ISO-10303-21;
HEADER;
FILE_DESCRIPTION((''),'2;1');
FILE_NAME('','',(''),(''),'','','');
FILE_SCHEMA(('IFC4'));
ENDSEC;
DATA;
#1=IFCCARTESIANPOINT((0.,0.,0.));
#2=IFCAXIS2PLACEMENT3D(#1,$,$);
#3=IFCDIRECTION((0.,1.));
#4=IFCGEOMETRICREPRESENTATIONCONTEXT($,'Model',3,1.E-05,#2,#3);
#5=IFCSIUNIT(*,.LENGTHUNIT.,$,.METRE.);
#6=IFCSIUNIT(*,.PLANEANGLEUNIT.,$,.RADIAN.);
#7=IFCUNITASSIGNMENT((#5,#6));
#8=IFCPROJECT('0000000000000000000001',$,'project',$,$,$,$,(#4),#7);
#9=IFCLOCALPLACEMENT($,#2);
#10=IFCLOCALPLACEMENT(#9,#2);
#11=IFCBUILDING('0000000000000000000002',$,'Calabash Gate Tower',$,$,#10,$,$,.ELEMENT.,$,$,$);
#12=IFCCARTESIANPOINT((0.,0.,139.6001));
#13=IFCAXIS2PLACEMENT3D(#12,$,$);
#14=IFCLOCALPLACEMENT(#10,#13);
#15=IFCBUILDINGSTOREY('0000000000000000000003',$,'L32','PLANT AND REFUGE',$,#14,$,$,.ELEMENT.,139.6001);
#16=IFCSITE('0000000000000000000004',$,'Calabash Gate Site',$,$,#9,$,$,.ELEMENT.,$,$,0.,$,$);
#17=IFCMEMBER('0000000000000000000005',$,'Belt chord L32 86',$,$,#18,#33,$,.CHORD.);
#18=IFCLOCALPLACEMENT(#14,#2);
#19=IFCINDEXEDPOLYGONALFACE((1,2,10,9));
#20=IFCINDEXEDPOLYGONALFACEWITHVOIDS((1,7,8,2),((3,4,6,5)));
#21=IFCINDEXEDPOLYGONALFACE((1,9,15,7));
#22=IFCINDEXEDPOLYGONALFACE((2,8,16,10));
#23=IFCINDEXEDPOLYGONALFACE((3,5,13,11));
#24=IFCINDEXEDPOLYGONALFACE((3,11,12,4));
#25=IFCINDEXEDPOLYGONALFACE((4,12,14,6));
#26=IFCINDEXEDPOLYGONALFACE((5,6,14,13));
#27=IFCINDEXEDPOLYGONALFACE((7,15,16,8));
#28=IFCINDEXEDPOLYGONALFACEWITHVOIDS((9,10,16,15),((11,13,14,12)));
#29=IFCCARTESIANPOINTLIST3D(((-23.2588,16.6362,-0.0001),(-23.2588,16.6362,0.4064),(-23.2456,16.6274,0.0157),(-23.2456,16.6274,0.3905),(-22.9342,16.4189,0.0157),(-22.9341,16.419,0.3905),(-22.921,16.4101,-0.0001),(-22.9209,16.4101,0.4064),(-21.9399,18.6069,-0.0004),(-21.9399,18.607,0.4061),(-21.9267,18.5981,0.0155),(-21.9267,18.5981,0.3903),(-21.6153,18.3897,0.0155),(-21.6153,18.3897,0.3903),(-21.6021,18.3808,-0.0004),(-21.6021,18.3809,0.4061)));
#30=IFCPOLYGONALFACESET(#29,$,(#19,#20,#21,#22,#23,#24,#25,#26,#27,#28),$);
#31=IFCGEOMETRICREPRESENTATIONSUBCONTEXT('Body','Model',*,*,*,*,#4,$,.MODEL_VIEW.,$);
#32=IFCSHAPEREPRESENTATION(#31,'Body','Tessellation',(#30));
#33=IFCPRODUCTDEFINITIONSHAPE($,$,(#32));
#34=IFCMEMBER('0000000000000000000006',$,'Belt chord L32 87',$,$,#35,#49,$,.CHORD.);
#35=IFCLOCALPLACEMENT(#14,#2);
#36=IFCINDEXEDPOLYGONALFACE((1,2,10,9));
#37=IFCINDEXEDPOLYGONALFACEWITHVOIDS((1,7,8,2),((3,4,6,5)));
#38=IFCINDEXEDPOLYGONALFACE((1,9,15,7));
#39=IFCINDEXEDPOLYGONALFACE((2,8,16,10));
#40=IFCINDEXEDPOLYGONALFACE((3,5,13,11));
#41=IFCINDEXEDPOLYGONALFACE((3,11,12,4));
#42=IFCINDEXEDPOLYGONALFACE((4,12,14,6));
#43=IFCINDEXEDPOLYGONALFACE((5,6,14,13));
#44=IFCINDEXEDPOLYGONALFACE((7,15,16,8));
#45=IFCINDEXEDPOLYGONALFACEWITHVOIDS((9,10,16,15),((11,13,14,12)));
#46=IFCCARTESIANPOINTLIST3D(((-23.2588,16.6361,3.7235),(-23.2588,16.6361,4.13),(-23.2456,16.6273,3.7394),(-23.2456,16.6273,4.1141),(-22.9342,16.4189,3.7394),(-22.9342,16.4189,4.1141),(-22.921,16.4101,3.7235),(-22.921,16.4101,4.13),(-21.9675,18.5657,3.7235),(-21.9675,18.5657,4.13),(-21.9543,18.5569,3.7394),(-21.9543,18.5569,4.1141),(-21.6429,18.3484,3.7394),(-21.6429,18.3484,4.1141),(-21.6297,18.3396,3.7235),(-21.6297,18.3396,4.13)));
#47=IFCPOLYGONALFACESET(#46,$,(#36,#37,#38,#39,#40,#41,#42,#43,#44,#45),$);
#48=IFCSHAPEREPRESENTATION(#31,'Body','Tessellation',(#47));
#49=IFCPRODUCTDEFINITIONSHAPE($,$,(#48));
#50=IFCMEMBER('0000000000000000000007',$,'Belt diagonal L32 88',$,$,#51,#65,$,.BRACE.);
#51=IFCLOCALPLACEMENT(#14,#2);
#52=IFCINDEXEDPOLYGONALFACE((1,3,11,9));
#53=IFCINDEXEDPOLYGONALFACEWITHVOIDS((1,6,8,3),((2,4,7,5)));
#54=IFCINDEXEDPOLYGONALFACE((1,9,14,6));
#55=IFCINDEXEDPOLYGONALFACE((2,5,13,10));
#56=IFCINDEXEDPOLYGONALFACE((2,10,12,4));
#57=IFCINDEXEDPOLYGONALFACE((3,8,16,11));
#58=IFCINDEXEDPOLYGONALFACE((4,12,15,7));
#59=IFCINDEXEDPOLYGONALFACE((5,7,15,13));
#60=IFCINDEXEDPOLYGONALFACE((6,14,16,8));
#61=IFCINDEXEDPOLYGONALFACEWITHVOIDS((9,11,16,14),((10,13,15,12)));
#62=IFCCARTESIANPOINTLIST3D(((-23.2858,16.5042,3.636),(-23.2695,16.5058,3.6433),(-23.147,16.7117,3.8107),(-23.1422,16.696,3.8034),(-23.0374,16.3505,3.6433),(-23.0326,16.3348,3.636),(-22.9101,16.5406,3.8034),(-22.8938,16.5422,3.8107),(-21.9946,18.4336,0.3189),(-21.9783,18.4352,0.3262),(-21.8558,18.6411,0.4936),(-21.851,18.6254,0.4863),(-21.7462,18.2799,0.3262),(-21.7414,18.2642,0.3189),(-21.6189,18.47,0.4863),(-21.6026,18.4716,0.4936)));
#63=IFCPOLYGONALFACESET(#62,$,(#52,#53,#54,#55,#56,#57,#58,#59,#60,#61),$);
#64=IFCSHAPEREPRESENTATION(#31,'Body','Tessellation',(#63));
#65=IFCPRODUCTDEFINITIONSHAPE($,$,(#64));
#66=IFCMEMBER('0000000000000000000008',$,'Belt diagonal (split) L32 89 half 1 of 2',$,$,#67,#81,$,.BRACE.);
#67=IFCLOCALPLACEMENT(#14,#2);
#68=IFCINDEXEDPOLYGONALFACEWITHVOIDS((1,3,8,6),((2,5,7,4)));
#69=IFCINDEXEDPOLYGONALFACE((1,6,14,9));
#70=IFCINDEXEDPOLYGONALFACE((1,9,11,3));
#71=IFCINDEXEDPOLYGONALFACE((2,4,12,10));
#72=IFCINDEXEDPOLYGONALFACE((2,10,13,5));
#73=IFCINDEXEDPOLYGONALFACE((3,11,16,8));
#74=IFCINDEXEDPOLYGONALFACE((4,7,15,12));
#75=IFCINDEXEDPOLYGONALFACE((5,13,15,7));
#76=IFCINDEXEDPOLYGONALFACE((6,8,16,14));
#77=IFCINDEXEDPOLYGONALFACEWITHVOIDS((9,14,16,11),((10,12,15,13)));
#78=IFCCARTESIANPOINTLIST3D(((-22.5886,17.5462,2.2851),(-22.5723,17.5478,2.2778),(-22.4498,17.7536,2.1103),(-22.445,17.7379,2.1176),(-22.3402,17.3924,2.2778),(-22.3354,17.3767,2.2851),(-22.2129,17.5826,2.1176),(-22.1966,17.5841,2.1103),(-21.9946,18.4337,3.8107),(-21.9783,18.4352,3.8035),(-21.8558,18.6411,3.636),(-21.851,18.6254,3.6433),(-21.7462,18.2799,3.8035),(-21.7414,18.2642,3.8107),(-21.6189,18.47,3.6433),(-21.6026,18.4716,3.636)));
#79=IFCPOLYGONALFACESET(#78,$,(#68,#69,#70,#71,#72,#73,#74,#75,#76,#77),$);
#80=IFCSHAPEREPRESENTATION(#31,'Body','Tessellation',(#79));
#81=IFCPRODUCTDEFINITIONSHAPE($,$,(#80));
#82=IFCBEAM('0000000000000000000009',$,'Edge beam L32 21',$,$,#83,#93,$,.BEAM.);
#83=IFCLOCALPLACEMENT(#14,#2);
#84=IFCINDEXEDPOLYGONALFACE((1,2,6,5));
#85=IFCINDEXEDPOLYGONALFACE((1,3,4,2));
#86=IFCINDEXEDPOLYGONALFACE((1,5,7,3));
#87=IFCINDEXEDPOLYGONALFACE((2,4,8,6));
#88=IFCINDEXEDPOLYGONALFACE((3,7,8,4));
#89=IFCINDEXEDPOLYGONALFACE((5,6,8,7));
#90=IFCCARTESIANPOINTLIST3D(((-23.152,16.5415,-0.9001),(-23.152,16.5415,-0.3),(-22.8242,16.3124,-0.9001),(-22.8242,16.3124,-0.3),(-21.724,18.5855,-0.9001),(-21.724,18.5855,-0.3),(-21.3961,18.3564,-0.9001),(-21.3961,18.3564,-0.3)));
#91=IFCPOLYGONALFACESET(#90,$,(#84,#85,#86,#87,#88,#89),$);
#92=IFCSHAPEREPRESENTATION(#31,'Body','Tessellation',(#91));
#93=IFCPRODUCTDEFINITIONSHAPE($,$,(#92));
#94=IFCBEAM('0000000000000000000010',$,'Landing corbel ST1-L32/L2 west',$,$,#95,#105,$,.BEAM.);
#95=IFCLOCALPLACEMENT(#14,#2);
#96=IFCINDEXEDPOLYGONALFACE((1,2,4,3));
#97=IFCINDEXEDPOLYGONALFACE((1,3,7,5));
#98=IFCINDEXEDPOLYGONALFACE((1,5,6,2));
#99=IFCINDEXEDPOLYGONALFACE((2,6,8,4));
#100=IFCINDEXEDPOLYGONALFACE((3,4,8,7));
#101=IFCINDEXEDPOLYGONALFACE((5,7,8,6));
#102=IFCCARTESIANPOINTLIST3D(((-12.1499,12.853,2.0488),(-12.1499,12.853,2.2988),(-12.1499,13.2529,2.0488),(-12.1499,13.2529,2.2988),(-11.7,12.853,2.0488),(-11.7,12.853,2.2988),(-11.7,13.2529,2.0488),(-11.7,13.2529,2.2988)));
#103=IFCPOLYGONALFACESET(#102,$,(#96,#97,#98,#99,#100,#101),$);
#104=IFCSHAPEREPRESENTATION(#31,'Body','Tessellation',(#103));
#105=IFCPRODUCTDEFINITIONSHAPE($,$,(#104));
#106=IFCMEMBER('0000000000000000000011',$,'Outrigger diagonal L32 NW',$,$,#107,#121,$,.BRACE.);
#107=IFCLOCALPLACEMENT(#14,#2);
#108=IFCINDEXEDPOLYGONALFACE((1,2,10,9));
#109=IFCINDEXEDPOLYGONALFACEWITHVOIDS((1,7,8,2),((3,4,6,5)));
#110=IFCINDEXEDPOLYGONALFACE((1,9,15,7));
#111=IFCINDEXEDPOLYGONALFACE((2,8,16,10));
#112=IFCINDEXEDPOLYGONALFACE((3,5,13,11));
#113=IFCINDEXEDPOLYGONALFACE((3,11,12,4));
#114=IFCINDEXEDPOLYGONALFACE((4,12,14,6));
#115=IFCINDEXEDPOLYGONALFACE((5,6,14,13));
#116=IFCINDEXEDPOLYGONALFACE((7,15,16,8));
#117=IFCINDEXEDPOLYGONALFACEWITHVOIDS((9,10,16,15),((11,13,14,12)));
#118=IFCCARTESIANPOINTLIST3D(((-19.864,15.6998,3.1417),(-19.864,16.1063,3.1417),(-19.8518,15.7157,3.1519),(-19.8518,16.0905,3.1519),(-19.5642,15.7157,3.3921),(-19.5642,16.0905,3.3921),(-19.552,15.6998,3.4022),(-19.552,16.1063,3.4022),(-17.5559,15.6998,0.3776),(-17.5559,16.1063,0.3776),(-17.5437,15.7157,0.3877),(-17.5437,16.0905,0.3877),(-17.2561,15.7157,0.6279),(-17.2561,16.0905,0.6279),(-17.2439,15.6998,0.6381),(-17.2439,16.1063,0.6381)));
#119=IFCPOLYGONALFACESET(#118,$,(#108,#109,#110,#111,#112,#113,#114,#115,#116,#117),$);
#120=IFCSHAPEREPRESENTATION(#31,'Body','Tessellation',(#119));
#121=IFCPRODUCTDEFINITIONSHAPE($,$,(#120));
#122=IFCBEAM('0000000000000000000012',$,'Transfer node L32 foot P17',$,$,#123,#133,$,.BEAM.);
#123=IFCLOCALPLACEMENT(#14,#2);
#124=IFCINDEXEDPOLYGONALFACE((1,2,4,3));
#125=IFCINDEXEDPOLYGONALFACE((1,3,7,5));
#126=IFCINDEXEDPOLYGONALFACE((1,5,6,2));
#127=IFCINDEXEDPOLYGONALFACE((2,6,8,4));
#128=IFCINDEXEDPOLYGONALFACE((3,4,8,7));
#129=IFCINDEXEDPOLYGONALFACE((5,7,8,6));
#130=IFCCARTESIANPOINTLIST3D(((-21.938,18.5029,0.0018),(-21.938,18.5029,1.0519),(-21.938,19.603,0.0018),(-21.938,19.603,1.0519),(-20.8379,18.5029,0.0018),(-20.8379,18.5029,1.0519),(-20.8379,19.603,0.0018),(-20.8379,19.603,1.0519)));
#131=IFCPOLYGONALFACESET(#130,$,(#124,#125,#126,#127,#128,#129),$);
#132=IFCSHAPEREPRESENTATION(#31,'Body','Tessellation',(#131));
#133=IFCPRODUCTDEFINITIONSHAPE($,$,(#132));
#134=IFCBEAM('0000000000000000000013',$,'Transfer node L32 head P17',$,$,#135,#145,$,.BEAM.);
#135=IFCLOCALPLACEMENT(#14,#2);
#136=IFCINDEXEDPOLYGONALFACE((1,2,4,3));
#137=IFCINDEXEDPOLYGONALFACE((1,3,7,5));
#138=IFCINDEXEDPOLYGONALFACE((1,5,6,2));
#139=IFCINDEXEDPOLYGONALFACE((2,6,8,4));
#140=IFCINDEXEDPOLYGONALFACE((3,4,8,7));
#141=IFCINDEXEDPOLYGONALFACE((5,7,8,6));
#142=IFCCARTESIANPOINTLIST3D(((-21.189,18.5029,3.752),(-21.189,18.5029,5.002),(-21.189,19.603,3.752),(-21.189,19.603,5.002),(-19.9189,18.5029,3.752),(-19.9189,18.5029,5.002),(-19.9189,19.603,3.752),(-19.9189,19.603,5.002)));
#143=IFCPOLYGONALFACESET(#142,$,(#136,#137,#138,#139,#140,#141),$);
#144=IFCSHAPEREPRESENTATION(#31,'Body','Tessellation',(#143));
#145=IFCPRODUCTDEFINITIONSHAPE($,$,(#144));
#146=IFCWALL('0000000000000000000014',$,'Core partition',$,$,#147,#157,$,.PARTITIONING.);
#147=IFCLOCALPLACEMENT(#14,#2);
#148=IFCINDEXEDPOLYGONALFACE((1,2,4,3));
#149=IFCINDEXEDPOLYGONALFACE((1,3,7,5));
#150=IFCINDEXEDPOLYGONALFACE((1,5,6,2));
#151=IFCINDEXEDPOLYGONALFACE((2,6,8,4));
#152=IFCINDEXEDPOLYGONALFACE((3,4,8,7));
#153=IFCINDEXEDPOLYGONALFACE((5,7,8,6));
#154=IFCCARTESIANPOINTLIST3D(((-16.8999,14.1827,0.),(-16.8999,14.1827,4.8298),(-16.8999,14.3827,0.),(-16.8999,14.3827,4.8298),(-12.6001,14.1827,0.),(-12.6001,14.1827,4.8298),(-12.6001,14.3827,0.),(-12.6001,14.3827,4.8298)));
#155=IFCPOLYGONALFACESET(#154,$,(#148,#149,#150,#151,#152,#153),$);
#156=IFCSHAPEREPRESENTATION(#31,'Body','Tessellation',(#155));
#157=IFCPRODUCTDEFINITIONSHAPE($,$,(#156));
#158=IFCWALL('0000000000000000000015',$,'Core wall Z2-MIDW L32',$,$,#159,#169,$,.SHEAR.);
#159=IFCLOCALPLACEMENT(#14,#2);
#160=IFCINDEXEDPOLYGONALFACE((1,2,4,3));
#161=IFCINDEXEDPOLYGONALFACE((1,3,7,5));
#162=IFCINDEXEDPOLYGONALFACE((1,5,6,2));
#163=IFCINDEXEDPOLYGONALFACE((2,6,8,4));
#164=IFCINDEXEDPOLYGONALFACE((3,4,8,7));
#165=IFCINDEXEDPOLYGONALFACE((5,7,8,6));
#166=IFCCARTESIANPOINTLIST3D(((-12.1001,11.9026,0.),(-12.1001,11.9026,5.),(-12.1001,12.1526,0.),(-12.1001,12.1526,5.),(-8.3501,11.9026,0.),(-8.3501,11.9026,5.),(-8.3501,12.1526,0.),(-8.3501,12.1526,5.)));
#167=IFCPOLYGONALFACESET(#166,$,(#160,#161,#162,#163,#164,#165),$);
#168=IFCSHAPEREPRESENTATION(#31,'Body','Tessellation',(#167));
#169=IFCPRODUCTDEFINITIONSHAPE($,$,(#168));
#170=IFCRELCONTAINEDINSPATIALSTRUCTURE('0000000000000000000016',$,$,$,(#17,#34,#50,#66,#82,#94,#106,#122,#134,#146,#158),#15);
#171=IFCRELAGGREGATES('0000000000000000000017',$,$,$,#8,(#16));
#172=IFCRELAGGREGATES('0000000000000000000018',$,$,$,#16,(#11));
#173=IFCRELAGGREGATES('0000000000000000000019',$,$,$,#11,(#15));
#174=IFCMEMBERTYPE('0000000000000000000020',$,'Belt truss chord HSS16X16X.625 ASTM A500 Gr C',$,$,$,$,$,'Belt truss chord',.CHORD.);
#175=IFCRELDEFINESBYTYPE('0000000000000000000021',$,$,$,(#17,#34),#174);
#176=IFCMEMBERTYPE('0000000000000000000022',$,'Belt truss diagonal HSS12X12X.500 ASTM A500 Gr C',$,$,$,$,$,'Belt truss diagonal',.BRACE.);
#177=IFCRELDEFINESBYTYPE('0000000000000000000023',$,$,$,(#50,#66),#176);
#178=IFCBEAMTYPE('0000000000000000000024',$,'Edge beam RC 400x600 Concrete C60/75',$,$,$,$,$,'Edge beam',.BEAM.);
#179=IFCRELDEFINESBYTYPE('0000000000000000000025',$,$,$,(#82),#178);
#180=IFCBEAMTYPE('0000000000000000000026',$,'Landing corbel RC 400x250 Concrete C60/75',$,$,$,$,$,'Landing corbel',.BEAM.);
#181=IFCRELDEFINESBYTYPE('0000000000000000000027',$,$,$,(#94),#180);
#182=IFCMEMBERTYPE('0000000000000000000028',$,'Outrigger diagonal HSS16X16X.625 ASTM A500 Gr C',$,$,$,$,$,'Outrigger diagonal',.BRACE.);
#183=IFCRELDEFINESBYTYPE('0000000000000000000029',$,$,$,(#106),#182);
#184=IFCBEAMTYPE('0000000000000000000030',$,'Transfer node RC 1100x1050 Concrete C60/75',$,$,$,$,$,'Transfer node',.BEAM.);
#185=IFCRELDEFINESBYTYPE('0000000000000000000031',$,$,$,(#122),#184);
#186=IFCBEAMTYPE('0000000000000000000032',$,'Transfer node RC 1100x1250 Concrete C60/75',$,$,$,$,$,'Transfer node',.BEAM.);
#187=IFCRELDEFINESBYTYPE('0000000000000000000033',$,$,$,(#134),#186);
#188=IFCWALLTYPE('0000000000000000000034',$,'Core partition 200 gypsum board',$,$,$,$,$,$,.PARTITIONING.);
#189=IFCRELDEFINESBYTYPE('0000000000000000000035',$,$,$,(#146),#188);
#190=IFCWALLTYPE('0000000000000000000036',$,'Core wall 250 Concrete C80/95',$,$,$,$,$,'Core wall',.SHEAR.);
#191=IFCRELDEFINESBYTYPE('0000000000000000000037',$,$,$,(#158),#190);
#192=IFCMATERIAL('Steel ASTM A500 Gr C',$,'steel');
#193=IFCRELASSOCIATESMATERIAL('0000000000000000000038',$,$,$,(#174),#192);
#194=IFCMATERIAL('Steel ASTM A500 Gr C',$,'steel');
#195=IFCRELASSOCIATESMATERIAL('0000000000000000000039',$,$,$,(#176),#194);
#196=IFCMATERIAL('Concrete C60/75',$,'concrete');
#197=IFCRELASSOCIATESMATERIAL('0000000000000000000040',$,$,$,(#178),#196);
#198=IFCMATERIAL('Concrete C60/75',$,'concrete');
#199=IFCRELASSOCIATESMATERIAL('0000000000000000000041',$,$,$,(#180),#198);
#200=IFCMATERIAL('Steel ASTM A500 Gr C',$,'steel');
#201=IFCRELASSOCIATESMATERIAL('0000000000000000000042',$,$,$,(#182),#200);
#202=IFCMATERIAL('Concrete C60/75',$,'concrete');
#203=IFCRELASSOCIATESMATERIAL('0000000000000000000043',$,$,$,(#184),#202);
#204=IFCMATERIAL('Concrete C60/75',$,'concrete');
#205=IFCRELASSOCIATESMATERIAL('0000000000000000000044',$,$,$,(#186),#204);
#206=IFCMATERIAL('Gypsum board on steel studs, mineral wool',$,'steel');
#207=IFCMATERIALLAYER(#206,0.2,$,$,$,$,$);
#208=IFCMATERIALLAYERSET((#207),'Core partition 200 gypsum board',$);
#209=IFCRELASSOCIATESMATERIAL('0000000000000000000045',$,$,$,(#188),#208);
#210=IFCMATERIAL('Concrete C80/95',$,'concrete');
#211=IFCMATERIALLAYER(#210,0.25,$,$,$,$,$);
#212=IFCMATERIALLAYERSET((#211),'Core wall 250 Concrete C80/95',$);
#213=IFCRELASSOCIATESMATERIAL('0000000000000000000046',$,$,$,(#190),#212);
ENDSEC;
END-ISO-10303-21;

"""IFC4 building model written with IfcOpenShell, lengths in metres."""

from ifc_helpers import new_model, si_unit, direction, frame, frame_2d, origin, origin_2d, place, context, subcontext, project, spatial, rectangle, hollow_rectangle, extrude, material, layer, layer_set, material_profile, profile_set, type_object, element, save


model = new_model("IFC4")

# Units and contexts
model_context = context("Model", 3, precision=1e-05, world=origin(), true_north=direction((0.0, 1.0)))
body_context = subcontext(model_context, "Body", "Model", "MODEL_VIEW")
ifc_project = project(units=[si_unit("LENGTHUNIT", "METRE"), si_unit("PLANEANGLEUNIT", "RADIAN")], contexts=[model_context])

# Site, building, storey
site_placement = place(None, origin())
site = spatial("IfcSite", under=ifc_project, at=site_placement, Name="Calabash Gate Site", CompositionType="ELEMENT", RefElevation=0.0)
building_placement = place(site_placement, origin())
building = spatial("IfcBuilding", under=site, at=building_placement, Name="Calabash Gate Tower", CompositionType="ELEMENT")
storey_placement = place(building_placement, frame((0.0, 0.0, 139.6001)))
storey = spatial("IfcBuildingStorey", under=building, at=storey_placement, Name="L32", Description="PLANT AND REFUGE", CompositionType="ELEMENT", Elevation=139.6001)

# Members
ifc_material_1 = material(Name="Steel ASTM A500 Gr C", Category="steel")
ifc_material_profile_1 = material_profile(ifc_material_1, hollow_rectangle(XDim=0.4065, YDim=0.4065, WallThickness=0.0159, at=origin_2d()))
ifc_profile_set_1 = profile_set([ifc_material_profile_1], Name="Steel ASTM A500 Gr C")
member_type_1 = type_object("IfcMemberType", Name="Belt truss chord HSS16X16X.625 ASTM A500 Gr C", ElementType="Belt truss chord", PredefinedType="CHORD", material=ifc_profile_set_1)
member_1_placement = place(storey_placement, frame((-21.771, 18.4939, 0.2029), z_axis=(-0.556172, -0.831067, 0.000103), x_axis=(0.831067, -0.556172, 0.0)))
element("IfcMember", 1, at=member_1_placement, inside=storey, type_object=member_type_1, Name="Belt chord L32 86", PredefinedType="CHORD", context=body_context, shape_type="SweptSolid", body=[
    extrude(hollow_rectangle(XDim=0.4065, YDim=0.4065, WallThickness=0.0159, at=origin_2d()), origin(), (0.0, 0.0, 1.0), 2.3713),
])
member_2_placement = place(storey_placement, frame((-21.7986, 18.4526, 3.9268), z_axis=(-0.55618, -0.831062, 0.0), x_axis=(0.831062, -0.55618, 0.0)))
element("IfcMember", 2, at=member_2_placement, inside=storey, type_object=member_type_1, Name="Belt chord L32 87", PredefinedType="CHORD", context=body_context, shape_type="SweptSolid", body=[
    extrude(hollow_rectangle(XDim=0.4065, YDim=0.4065, WallThickness=0.0159, at=origin_2d()), origin(), (0.0, 0.0, 1.0), 2.3218),
])
ifc_material_2 = material(Name="Steel ASTM A500 Gr C", Category="steel")
ifc_material_profile_2 = material_profile(ifc_material_2, hollow_rectangle(XDim=0.3047, YDim=0.3047, WallThickness=0.0127, at=origin_2d()))
ifc_profile_set_2 = profile_set([ifc_material_profile_2], Name="Steel ASTM A500 Gr C")
member_type_2 = type_object("IfcMemberType", Name="Belt truss diagonal HSS12X12X.500 ASTM A500 Gr C", ElementType="Belt truss diagonal", PredefinedType="BRACE", material=ifc_profile_set_2)
member_3_placement = place(storey_placement, frame((-21.7986, 18.4526, 0.4062), z_axis=(-0.318917, -0.476536, 0.819271), x_axis=(0.831062, -0.55618, 0.0)))
element("IfcMember", 3, at=member_3_placement, inside=storey, type_object=member_type_2, Name="Belt diagonal L32 88", PredefinedType="BRACE", context=body_context, shape_type="SweptSolid", body=[
    extrude(hollow_rectangle(XDim=0.3047, YDim=0.3047, WallThickness=0.0127, at=origin_2d()), origin(), (0.0, 0.0, 1.0), 4.0488),
])
member_4_placement = place(storey_placement, frame((-21.7986, 18.4526, 3.7234), z_axis=(-0.318967, -0.476549, -0.819244), x_axis=(0.831029, -0.556229, 0.0)))
element("IfcMember", 4, at=member_4_placement, inside=storey, type_object=member_type_2, Name="Belt diagonal (split) L32 89 half 1 of 2", PredefinedType="BRACE", context=body_context, shape_type="SweptSolid", body=[
    extrude(hollow_rectangle(XDim=0.3047, YDim=0.3047, WallThickness=0.0127, at=origin_2d()), origin(), (0.0, 0.0, 1.0), 1.8623),
])

# Beams
ifc_material_3 = material(Name="Concrete C60/75", Category="concrete")
ifc_material_profile_3 = material_profile(ifc_material_3, rectangle(XDim=0.3999, YDim=0.6001, at=origin_2d()))
ifc_profile_set_3 = profile_set([ifc_material_profile_3], Name="Concrete C60/75")
beam_type_1 = type_object("IfcBeamType", Name="Edge beam RC 400x600 Concrete C60/75", ElementType="Edge beam", PredefinedType="BEAM", material=ifc_profile_set_3)
beam_1_placement = place(storey_placement, frame((-21.5601, 18.4709, -0.6001), z_axis=(-0.572713, -0.819756, 0.0), x_axis=(0.819756, -0.572713, 0.0)))
element("IfcBeam", 5, at=beam_1_placement, inside=storey, type_object=beam_type_1, Name="Edge beam L32 21", PredefinedType="BEAM", context=body_context, shape_type="SweptSolid", body=[
    extrude(rectangle(XDim=0.3999, YDim=0.6001, at=origin_2d()), origin(), (0.0, 0.0, 1.0), 2.4934),
])
ifc_material_4 = material(Name="Concrete C60/75", Category="concrete")
ifc_material_profile_4 = material_profile(ifc_material_4, rectangle(XDim=0.3999, YDim=0.25, at=origin_2d()))
ifc_profile_set_4 = profile_set([ifc_material_profile_4], Name="Concrete C60/75")
beam_type_2 = type_object("IfcBeamType", Name="Landing corbel RC 400x250 Concrete C60/75", ElementType="Landing corbel", PredefinedType="BEAM", material=ifc_profile_set_4)
beam_2_placement = place(storey_placement, frame((-12.1499, 13.053, 2.1738), z_axis=(1.0, 0.0, 0.0), x_axis=(0.0, 1.0, 0.0)))
element("IfcBeam", 6, at=beam_2_placement, inside=storey, type_object=beam_type_2, Name="Landing corbel ST1-L32/L2 west", PredefinedType="BEAM", context=body_context, shape_type="SweptSolid", body=[
    extrude(rectangle(XDim=0.3999, YDim=0.25, at=origin_2d()), origin(), (0.0, 0.0, 1.0), 0.45),
])

# Member
ifc_material_5 = material(Name="Steel ASTM A500 Gr C", Category="steel")
ifc_material_profile_5 = material_profile(ifc_material_5, hollow_rectangle(XDim=0.4065, YDim=0.4065, WallThickness=0.0159, at=origin_2d()))
ifc_profile_set_5 = profile_set([ifc_material_profile_5], Name="Steel ASTM A500 Gr C")
member_type_3 = type_object("IfcMemberType", Name="Outrigger diagonal HSS16X16X.625 ASTM A500 Gr C", ElementType="Outrigger diagonal", PredefinedType="BRACE", material=ifc_profile_set_5)
member_5_placement = place(storey_placement, frame((-19.708, 15.9031, 3.272), z_axis=(0.640944, 0.0, -0.767587), x_axis=(0.0, 1.0, 0.0)))
element("IfcMember", 7, at=member_5_placement, inside=storey, type_object=member_type_3, Name="Outrigger diagonal L32 NW", PredefinedType="BRACE", context=body_context, shape_type="SweptSolid", body=[
    extrude(hollow_rectangle(XDim=0.4065, YDim=0.4065, WallThickness=0.0159, at=origin_2d()), origin(), (0.0, 0.0, 1.0), 3.6011),
])

# Beams
ifc_material_6 = material(Name="Concrete C60/75", Category="concrete")
ifc_material_profile_6 = material_profile(ifc_material_6, rectangle(XDim=1.1001, YDim=1.05, at=origin_2d()))
ifc_profile_set_6 = profile_set([ifc_material_profile_6], Name="Concrete C60/75")
beam_type_3 = type_object("IfcBeamType", Name="Transfer node RC 1100x1050 Concrete C60/75", ElementType="Transfer node", PredefinedType="BEAM", material=ifc_profile_set_6)
beam_3_placement = place(storey_placement, frame((-21.3879, 19.603, 0.5269), z_axis=(0.0, -1.0, 0.0), x_axis=(1.0, 0.0, 0.0)))
element("IfcBeam", 8, at=beam_3_placement, inside=storey, type_object=beam_type_3, Name="Transfer node L32 foot P17", PredefinedType="BEAM", context=body_context, shape_type="SweptSolid", body=[
    extrude(rectangle(XDim=1.1001, YDim=1.05, at=origin_2d()), origin(), (0.0, 0.0, 1.0), 1.1001),
])
ifc_material_7 = material(Name="Concrete C60/75", Category="concrete")
ifc_material_profile_7 = material_profile(ifc_material_7, rectangle(XDim=1.1001, YDim=1.25, at=origin_2d()))
ifc_profile_set_7 = profile_set([ifc_material_profile_7], Name="Concrete C60/75")
beam_type_4 = type_object("IfcBeamType", Name="Transfer node RC 1100x1250 Concrete C60/75", ElementType="Transfer node", PredefinedType="BEAM", material=ifc_profile_set_7)
beam_4_placement = place(storey_placement, frame((-19.9189, 19.053, 4.377), z_axis=(-1.0, 0.0, 0.0), x_axis=(0.0, -1.0, 0.0)))
element("IfcBeam", 9, at=beam_4_placement, inside=storey, type_object=beam_type_4, Name="Transfer node L32 head P17", PredefinedType="BEAM", context=body_context, shape_type="SweptSolid", body=[
    extrude(rectangle(XDim=1.1001, YDim=1.25, at=origin_2d()), origin(), (0.0, 0.0, 1.0), 1.27),
])

# Walls
ifc_material_8 = material(Name="Gypsum board on steel studs, mineral wool", Category="steel")
ifc_layer_1 = layer(ifc_material_8, 0.2)
ifc_layer_set_1 = layer_set([ifc_layer_1], Name="Core partition 200 gypsum board")
wall_type_1 = type_object("IfcWallType", Name="Core partition 200 gypsum board", PredefinedType="PARTITIONING", material=ifc_layer_set_1)
wall_1_placement = place(storey_placement, frame((-16.8999, 14.2827, 0.0), z_axis=(0.0, 0.0, 1.0), x_axis=(1.0, 0.0, 0.0)))
element("IfcWall", 10, at=wall_1_placement, inside=storey, type_object=wall_type_1, Name="Core partition", PredefinedType="PARTITIONING", context=body_context, shape_type="SweptSolid", body=[
    extrude(rectangle(XDim=4.2998, YDim=0.2, at=frame_2d((2.1499, 0.0))), origin(), (0.0, 0.0, 1.0), 4.8298),
])
ifc_material_9 = material(Name="Concrete C80/95", Category="concrete")
ifc_layer_2 = layer(ifc_material_9, 0.25)
ifc_layer_set_2 = layer_set([ifc_layer_2], Name="Core wall 250 Concrete C80/95")
wall_type_2 = type_object("IfcWallType", Name="Core wall 250 Concrete C80/95", ElementType="Core wall", PredefinedType="SHEAR", material=ifc_layer_set_2)
wall_2_placement = place(storey_placement, frame((-12.1001, 12.0276, 0.0), z_axis=(0.0, 0.0, 1.0), x_axis=(1.0, 0.0, 0.0)))
element("IfcWall", 11, at=wall_2_placement, inside=storey, type_object=wall_type_2, Name="Core wall Z2-MIDW L32", PredefinedType="SHEAR", context=body_context, shape_type="SweptSolid", body=[
    extrude(rectangle(XDim=3.75, YDim=0.25, at=frame_2d((1.875, 0.0))), origin(), (0.0, 0.0, 1.0), 5.0),
])

save(model, "model.ifc")
